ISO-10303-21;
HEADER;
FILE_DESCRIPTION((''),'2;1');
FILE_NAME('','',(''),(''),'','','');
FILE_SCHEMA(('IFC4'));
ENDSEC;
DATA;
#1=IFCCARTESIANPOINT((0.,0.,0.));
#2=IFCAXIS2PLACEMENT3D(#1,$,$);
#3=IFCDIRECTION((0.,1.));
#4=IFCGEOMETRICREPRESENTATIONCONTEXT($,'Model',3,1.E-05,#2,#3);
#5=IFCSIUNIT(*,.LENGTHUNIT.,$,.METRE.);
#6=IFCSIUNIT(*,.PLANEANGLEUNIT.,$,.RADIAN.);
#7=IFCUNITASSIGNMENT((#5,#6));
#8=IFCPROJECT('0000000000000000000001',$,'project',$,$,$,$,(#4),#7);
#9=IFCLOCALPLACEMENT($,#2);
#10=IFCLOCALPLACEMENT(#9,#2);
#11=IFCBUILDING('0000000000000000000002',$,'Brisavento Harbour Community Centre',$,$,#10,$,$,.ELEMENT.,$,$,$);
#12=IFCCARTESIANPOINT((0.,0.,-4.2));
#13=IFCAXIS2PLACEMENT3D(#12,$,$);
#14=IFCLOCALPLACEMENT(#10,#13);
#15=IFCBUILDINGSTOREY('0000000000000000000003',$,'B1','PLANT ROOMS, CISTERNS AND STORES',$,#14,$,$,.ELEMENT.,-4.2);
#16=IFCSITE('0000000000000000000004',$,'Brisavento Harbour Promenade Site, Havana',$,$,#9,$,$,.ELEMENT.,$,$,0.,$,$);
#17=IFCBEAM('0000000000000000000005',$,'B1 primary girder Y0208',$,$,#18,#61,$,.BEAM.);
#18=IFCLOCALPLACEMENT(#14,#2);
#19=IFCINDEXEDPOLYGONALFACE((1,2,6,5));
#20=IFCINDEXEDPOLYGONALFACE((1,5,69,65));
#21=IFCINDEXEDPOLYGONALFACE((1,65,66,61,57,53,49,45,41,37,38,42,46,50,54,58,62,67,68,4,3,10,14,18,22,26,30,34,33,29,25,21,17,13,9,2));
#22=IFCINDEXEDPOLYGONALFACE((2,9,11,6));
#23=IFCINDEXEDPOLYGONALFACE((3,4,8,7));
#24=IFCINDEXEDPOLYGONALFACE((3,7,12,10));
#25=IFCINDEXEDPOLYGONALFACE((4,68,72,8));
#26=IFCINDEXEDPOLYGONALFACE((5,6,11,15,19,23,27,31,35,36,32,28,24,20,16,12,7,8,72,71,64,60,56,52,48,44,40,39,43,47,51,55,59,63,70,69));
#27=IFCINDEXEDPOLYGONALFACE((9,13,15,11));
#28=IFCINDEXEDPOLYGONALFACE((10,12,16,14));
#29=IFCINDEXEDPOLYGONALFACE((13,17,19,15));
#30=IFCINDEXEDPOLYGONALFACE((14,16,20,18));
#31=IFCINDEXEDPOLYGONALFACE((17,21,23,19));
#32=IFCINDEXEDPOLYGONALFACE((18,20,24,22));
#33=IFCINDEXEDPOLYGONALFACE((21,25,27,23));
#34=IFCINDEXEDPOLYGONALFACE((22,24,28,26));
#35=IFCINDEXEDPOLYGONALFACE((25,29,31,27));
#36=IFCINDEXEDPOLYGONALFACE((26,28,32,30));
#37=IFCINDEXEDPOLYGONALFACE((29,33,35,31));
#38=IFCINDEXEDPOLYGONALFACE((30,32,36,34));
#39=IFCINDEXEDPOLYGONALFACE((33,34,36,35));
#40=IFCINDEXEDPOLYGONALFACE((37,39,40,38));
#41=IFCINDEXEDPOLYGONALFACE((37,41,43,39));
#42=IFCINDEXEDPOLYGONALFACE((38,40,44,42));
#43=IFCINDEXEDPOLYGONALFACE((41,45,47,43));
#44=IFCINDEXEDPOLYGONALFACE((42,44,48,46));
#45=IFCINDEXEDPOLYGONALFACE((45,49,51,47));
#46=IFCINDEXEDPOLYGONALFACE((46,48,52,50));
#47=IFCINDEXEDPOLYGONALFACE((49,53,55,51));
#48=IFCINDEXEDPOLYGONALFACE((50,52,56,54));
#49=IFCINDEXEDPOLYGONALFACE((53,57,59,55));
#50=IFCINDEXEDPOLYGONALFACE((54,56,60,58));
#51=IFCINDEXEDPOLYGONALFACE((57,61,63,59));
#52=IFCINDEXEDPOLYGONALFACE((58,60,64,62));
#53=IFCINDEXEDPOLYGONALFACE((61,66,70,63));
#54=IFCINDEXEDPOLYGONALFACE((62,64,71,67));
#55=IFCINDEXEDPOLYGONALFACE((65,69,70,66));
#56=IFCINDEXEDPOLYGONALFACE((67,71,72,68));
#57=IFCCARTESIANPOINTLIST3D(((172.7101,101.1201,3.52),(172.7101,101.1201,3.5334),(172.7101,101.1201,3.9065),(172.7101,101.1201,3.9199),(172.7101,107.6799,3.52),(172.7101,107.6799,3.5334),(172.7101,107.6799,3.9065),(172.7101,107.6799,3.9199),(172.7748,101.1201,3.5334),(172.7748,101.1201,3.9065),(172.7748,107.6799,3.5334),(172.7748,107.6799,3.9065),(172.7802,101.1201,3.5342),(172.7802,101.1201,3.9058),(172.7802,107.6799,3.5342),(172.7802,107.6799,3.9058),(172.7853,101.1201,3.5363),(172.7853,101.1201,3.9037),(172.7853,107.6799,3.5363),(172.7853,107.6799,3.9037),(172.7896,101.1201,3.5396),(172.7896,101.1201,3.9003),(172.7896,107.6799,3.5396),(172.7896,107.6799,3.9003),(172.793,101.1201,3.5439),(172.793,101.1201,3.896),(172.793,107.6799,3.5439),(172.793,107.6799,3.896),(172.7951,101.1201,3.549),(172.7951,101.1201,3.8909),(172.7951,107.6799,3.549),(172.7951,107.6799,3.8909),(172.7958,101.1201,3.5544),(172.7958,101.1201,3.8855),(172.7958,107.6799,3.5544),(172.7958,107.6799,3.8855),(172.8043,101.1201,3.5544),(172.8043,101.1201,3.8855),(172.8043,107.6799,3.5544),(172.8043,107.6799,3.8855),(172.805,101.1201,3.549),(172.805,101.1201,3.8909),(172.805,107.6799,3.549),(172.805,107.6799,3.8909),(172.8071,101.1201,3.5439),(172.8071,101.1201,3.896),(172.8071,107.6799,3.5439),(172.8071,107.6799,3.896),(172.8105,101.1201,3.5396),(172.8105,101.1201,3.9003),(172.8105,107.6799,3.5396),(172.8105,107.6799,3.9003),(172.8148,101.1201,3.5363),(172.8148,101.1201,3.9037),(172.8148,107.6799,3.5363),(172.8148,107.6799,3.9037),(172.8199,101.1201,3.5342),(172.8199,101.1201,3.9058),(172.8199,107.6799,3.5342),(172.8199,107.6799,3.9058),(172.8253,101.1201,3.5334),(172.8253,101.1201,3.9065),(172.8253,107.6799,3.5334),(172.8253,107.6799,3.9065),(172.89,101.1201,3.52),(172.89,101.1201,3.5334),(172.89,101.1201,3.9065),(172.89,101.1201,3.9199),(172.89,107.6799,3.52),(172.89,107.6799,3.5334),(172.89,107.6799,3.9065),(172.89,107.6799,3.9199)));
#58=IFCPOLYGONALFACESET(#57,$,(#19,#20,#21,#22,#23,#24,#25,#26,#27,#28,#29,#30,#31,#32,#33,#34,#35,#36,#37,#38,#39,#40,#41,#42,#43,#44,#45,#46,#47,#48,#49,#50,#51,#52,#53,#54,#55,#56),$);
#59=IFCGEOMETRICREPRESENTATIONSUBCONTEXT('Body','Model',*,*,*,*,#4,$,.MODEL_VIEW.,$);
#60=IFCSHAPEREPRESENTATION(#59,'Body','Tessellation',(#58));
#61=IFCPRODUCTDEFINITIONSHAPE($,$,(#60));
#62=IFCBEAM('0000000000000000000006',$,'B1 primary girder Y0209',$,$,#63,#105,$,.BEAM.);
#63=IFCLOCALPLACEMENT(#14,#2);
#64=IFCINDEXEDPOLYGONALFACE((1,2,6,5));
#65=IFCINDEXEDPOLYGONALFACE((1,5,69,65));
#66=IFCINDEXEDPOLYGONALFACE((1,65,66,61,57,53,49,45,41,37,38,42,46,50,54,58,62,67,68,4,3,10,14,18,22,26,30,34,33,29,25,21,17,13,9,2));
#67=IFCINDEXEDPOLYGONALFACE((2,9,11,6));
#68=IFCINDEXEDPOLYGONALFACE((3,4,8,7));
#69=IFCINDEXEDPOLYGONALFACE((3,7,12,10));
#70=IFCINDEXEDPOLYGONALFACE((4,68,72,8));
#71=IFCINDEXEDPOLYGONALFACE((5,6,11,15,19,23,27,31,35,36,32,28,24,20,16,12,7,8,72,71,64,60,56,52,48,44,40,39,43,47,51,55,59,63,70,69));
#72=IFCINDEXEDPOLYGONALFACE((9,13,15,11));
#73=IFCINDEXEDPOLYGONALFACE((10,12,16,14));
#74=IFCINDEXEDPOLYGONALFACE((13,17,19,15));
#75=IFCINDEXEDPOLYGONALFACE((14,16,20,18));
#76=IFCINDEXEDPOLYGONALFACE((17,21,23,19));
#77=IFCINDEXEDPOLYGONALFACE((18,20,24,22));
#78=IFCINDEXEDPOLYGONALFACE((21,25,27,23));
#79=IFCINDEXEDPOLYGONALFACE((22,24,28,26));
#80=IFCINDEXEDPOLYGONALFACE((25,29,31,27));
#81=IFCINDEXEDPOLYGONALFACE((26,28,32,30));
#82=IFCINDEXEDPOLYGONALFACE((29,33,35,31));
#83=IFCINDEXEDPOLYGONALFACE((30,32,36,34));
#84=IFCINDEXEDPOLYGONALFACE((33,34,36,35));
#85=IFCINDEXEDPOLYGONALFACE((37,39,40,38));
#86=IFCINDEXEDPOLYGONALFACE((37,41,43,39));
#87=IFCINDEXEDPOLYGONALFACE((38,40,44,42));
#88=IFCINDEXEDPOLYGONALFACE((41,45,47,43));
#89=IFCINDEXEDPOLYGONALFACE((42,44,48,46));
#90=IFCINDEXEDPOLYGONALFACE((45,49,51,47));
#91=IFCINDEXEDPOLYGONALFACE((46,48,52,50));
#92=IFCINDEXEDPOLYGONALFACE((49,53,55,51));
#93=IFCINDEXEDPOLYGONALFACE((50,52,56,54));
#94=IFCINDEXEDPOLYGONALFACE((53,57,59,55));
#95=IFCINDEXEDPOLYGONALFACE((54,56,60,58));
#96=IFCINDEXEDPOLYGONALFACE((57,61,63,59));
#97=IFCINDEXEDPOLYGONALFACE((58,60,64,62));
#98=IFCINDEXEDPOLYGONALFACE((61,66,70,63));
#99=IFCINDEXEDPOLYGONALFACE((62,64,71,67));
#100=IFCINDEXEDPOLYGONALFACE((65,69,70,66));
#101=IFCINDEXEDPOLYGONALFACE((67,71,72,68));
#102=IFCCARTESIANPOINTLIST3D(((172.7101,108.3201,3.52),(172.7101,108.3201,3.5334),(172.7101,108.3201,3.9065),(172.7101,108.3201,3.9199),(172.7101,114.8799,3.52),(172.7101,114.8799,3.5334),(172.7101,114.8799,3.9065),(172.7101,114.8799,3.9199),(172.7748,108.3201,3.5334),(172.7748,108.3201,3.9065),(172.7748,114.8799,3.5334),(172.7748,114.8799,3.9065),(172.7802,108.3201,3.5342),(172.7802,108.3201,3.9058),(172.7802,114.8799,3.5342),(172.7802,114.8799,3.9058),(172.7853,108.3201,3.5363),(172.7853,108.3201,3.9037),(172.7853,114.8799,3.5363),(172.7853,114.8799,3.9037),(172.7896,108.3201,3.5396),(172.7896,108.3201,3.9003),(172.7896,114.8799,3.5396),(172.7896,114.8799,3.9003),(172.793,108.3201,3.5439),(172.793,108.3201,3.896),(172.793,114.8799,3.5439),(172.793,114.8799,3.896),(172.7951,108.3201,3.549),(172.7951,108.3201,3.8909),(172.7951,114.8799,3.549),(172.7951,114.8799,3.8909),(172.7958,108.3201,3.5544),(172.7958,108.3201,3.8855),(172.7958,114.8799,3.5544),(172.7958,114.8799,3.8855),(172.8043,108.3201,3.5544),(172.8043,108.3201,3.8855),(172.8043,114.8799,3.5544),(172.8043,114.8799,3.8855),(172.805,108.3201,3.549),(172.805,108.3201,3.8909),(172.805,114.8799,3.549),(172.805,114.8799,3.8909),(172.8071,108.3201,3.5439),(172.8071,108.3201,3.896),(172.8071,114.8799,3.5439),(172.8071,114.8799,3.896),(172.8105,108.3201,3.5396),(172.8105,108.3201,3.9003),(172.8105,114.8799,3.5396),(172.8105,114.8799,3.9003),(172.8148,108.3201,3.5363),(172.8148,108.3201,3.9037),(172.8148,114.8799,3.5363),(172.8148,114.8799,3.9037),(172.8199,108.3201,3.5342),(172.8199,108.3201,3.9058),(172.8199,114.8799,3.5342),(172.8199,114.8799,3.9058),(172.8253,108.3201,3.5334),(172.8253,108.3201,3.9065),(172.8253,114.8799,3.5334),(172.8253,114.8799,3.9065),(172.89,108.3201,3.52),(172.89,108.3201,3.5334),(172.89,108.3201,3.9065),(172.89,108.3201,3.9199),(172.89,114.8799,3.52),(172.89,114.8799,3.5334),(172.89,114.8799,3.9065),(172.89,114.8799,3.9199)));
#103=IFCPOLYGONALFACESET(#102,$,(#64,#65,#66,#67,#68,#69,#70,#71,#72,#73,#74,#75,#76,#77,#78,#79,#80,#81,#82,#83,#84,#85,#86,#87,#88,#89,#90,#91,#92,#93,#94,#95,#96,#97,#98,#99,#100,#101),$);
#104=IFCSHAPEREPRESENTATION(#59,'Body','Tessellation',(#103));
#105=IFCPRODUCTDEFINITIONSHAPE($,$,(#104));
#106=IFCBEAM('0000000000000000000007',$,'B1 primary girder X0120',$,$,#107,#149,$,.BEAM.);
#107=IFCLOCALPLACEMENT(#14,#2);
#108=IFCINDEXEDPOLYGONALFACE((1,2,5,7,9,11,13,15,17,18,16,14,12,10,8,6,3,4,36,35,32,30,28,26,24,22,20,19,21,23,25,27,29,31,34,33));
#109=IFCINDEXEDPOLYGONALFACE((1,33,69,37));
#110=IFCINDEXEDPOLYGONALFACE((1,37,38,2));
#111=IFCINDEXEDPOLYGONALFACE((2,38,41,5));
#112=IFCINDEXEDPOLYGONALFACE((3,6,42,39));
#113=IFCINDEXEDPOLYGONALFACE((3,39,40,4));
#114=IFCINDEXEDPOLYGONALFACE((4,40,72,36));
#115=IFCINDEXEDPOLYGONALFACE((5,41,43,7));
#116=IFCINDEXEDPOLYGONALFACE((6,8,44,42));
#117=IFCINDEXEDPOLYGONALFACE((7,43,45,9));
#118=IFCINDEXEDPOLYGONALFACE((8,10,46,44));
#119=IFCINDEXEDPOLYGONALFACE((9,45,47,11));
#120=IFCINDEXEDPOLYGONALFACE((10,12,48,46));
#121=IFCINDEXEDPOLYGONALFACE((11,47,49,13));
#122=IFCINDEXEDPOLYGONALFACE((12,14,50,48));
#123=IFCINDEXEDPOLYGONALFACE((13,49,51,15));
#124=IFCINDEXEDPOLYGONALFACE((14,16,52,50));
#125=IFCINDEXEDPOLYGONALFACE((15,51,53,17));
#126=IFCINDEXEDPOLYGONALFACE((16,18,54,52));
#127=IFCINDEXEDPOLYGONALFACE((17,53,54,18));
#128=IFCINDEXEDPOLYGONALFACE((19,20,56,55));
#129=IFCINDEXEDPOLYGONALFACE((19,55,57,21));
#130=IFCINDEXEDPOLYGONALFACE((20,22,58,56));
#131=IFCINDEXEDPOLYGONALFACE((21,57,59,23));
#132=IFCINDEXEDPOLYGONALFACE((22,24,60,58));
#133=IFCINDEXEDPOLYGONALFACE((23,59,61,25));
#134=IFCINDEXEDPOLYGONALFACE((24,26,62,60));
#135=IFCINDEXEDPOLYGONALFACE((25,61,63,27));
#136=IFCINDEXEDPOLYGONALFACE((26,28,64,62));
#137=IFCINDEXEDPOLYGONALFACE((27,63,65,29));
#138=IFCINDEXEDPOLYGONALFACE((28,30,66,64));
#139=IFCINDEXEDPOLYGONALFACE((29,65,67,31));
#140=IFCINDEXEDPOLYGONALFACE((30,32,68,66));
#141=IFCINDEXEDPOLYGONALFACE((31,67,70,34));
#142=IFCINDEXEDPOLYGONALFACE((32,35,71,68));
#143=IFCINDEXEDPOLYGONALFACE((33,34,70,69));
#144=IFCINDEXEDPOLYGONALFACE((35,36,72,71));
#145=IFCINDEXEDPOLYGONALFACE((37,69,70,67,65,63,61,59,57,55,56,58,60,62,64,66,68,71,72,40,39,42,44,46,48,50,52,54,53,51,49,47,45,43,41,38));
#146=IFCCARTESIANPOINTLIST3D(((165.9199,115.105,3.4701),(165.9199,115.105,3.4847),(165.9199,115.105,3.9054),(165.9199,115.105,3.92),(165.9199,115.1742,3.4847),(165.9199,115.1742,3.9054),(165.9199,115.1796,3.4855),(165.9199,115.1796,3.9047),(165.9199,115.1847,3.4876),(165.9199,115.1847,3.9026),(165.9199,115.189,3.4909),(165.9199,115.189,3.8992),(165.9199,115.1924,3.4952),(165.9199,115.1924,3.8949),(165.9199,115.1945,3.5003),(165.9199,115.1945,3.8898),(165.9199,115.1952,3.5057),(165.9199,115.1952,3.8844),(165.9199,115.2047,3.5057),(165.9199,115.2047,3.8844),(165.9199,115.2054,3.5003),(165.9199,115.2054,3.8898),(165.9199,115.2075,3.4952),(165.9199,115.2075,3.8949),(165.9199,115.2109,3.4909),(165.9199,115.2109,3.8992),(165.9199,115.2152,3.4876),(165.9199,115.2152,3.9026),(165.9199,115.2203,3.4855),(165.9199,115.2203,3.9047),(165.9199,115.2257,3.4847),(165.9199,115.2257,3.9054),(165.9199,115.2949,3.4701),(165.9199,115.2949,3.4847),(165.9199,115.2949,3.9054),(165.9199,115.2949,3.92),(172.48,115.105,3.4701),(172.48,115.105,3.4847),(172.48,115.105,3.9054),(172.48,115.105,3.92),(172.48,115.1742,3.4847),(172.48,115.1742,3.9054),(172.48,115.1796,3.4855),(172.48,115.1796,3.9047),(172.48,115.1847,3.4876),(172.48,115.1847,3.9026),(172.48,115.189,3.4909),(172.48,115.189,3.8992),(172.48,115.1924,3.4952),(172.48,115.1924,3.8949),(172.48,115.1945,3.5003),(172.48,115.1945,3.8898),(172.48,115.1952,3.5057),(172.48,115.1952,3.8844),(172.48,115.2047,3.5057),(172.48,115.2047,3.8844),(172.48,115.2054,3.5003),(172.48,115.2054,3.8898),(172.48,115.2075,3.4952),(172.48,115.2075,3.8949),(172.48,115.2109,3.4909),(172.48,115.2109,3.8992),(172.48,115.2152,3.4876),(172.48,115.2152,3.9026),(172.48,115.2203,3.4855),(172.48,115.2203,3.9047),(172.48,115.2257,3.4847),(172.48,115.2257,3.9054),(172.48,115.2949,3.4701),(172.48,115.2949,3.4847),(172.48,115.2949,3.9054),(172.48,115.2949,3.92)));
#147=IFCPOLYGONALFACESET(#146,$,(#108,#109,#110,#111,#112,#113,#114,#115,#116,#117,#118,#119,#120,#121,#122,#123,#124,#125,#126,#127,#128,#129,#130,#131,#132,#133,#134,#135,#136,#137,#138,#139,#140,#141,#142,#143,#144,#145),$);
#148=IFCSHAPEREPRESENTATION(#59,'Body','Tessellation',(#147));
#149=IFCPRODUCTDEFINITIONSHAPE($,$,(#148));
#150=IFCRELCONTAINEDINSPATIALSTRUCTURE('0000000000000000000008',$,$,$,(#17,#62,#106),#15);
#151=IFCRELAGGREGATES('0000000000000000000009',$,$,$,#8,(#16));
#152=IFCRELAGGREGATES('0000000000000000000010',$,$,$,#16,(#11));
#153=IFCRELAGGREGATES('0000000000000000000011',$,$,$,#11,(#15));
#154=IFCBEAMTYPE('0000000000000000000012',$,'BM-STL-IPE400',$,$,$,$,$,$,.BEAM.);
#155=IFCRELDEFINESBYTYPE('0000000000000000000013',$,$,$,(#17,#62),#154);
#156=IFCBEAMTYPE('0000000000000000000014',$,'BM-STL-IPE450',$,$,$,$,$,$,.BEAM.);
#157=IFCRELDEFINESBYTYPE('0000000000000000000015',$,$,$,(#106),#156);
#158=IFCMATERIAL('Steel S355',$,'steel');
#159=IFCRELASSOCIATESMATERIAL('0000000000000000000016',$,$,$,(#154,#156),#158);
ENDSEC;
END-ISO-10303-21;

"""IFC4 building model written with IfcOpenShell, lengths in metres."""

from ifc_helpers import new_model, si_unit, direction, frame, origin, origin_2d, place, context, subcontext, project, spatial, i_section, extrude, material, material_profile, profile_set, type_object, element, save


model = new_model("IFC4")

# Units and contexts
model_context = context("Model", 3, precision=1e-05, world=origin(), true_north=direction((0.0, 1.0)))
body_context = subcontext(model_context, "Body", "Model", "MODEL_VIEW")
ifc_project = project(units=[si_unit("LENGTHUNIT", "METRE"), si_unit("PLANEANGLEUNIT", "RADIAN")], contexts=[model_context])

# Site, building, storey
site_placement = place(None, origin())
site = spatial("IfcSite", under=ifc_project, at=site_placement, Name="Brisavento Harbour Promenade Site, Havana", CompositionType="ELEMENT", RefElevation=0.0)
building_placement = place(site_placement, origin())
building = spatial("IfcBuilding", under=site, at=building_placement, Name="Brisavento Harbour Community Centre", CompositionType="ELEMENT")
storey_placement = place(building_placement, frame((0.0, 0.0, -4.2)))
storey = spatial("IfcBuildingStorey", under=building, at=storey_placement, Name="B1", Description="PLANT ROOMS, CISTERNS AND STORES", CompositionType="ELEMENT", Elevation=-4.2)

# Beams
ifc_material_1 = material(Name="Steel S355", Category="steel")
ifc_material_profile_1 = material_profile(ifc_material_1, i_section(OverallWidth=0.1799, OverallDepth=0.3999, WebThickness=0.0085, FlangeThickness=0.0134, FilletRadius=0.021, at=origin_2d()), Name="Steel S355")
ifc_profile_set_1 = profile_set([ifc_material_profile_1], Name="Steel S355")
beam_type_1 = type_object("IfcBeamType", Name="BM-STL-IPE400", PredefinedType="BEAM", material=ifc_profile_set_1)
for number, where, z_axis, x_axis, name in (
    (1, (172.8, 101.1201, 3.72), (0.0, 1.0, 0.0), (-1.0, 0.0, 0.0), "B1 primary girder Y0208"),
    (2, (172.8, 108.3201, 3.72), (0.0, 1.0, 0.0), (-1.0, 0.0, 0.0), "B1 primary girder Y0209"),
):
    element("IfcBeam", number, at=place(storey_placement, frame(where, z_axis=z_axis, x_axis=x_axis)), inside=storey, type_object=beam_type_1, Name=name, PredefinedType="BEAM", context=body_context, shape_type="SweptSolid", body=[
        extrude(i_section(OverallWidth=0.1799, OverallDepth=0.3999, WebThickness=0.0085, FlangeThickness=0.0134, FilletRadius=0.021, at=origin_2d()), origin(), (0.0, 0.0, 1.0), 6.5598),
    ])
ifc_material_profile_2 = material_profile(ifc_material_1, i_section(OverallWidth=0.1899, OverallDepth=0.45, WebThickness=0.0095, FlangeThickness=0.0146, FilletRadius=0.021, at=origin_2d()), Name="Steel S355")
ifc_profile_set_2 = profile_set([ifc_material_profile_2], Name="Steel S355")
beam_type_2 = type_object("IfcBeamType", Name="BM-STL-IPE450", PredefinedType="BEAM", material=ifc_profile_set_2)
beam_placement = place(storey_placement, frame((165.9199, 115.2, 3.6951), z_axis=(1.0, 0.0, 0.0), x_axis=(0.0, 1.0, 0.0)))
element("IfcBeam", 3, at=beam_placement, inside=storey, type_object=beam_type_2, Name="B1 primary girder X0120", PredefinedType="BEAM", context=body_context, shape_type="SweptSolid", body=[
    extrude(i_section(OverallWidth=0.1899, OverallDepth=0.45, WebThickness=0.0095, FlangeThickness=0.0146, FilletRadius=0.021, at=origin_2d()), origin(), (0.0, 0.0, 1.0), 6.5601),
])

save(model, "model.ifc")
